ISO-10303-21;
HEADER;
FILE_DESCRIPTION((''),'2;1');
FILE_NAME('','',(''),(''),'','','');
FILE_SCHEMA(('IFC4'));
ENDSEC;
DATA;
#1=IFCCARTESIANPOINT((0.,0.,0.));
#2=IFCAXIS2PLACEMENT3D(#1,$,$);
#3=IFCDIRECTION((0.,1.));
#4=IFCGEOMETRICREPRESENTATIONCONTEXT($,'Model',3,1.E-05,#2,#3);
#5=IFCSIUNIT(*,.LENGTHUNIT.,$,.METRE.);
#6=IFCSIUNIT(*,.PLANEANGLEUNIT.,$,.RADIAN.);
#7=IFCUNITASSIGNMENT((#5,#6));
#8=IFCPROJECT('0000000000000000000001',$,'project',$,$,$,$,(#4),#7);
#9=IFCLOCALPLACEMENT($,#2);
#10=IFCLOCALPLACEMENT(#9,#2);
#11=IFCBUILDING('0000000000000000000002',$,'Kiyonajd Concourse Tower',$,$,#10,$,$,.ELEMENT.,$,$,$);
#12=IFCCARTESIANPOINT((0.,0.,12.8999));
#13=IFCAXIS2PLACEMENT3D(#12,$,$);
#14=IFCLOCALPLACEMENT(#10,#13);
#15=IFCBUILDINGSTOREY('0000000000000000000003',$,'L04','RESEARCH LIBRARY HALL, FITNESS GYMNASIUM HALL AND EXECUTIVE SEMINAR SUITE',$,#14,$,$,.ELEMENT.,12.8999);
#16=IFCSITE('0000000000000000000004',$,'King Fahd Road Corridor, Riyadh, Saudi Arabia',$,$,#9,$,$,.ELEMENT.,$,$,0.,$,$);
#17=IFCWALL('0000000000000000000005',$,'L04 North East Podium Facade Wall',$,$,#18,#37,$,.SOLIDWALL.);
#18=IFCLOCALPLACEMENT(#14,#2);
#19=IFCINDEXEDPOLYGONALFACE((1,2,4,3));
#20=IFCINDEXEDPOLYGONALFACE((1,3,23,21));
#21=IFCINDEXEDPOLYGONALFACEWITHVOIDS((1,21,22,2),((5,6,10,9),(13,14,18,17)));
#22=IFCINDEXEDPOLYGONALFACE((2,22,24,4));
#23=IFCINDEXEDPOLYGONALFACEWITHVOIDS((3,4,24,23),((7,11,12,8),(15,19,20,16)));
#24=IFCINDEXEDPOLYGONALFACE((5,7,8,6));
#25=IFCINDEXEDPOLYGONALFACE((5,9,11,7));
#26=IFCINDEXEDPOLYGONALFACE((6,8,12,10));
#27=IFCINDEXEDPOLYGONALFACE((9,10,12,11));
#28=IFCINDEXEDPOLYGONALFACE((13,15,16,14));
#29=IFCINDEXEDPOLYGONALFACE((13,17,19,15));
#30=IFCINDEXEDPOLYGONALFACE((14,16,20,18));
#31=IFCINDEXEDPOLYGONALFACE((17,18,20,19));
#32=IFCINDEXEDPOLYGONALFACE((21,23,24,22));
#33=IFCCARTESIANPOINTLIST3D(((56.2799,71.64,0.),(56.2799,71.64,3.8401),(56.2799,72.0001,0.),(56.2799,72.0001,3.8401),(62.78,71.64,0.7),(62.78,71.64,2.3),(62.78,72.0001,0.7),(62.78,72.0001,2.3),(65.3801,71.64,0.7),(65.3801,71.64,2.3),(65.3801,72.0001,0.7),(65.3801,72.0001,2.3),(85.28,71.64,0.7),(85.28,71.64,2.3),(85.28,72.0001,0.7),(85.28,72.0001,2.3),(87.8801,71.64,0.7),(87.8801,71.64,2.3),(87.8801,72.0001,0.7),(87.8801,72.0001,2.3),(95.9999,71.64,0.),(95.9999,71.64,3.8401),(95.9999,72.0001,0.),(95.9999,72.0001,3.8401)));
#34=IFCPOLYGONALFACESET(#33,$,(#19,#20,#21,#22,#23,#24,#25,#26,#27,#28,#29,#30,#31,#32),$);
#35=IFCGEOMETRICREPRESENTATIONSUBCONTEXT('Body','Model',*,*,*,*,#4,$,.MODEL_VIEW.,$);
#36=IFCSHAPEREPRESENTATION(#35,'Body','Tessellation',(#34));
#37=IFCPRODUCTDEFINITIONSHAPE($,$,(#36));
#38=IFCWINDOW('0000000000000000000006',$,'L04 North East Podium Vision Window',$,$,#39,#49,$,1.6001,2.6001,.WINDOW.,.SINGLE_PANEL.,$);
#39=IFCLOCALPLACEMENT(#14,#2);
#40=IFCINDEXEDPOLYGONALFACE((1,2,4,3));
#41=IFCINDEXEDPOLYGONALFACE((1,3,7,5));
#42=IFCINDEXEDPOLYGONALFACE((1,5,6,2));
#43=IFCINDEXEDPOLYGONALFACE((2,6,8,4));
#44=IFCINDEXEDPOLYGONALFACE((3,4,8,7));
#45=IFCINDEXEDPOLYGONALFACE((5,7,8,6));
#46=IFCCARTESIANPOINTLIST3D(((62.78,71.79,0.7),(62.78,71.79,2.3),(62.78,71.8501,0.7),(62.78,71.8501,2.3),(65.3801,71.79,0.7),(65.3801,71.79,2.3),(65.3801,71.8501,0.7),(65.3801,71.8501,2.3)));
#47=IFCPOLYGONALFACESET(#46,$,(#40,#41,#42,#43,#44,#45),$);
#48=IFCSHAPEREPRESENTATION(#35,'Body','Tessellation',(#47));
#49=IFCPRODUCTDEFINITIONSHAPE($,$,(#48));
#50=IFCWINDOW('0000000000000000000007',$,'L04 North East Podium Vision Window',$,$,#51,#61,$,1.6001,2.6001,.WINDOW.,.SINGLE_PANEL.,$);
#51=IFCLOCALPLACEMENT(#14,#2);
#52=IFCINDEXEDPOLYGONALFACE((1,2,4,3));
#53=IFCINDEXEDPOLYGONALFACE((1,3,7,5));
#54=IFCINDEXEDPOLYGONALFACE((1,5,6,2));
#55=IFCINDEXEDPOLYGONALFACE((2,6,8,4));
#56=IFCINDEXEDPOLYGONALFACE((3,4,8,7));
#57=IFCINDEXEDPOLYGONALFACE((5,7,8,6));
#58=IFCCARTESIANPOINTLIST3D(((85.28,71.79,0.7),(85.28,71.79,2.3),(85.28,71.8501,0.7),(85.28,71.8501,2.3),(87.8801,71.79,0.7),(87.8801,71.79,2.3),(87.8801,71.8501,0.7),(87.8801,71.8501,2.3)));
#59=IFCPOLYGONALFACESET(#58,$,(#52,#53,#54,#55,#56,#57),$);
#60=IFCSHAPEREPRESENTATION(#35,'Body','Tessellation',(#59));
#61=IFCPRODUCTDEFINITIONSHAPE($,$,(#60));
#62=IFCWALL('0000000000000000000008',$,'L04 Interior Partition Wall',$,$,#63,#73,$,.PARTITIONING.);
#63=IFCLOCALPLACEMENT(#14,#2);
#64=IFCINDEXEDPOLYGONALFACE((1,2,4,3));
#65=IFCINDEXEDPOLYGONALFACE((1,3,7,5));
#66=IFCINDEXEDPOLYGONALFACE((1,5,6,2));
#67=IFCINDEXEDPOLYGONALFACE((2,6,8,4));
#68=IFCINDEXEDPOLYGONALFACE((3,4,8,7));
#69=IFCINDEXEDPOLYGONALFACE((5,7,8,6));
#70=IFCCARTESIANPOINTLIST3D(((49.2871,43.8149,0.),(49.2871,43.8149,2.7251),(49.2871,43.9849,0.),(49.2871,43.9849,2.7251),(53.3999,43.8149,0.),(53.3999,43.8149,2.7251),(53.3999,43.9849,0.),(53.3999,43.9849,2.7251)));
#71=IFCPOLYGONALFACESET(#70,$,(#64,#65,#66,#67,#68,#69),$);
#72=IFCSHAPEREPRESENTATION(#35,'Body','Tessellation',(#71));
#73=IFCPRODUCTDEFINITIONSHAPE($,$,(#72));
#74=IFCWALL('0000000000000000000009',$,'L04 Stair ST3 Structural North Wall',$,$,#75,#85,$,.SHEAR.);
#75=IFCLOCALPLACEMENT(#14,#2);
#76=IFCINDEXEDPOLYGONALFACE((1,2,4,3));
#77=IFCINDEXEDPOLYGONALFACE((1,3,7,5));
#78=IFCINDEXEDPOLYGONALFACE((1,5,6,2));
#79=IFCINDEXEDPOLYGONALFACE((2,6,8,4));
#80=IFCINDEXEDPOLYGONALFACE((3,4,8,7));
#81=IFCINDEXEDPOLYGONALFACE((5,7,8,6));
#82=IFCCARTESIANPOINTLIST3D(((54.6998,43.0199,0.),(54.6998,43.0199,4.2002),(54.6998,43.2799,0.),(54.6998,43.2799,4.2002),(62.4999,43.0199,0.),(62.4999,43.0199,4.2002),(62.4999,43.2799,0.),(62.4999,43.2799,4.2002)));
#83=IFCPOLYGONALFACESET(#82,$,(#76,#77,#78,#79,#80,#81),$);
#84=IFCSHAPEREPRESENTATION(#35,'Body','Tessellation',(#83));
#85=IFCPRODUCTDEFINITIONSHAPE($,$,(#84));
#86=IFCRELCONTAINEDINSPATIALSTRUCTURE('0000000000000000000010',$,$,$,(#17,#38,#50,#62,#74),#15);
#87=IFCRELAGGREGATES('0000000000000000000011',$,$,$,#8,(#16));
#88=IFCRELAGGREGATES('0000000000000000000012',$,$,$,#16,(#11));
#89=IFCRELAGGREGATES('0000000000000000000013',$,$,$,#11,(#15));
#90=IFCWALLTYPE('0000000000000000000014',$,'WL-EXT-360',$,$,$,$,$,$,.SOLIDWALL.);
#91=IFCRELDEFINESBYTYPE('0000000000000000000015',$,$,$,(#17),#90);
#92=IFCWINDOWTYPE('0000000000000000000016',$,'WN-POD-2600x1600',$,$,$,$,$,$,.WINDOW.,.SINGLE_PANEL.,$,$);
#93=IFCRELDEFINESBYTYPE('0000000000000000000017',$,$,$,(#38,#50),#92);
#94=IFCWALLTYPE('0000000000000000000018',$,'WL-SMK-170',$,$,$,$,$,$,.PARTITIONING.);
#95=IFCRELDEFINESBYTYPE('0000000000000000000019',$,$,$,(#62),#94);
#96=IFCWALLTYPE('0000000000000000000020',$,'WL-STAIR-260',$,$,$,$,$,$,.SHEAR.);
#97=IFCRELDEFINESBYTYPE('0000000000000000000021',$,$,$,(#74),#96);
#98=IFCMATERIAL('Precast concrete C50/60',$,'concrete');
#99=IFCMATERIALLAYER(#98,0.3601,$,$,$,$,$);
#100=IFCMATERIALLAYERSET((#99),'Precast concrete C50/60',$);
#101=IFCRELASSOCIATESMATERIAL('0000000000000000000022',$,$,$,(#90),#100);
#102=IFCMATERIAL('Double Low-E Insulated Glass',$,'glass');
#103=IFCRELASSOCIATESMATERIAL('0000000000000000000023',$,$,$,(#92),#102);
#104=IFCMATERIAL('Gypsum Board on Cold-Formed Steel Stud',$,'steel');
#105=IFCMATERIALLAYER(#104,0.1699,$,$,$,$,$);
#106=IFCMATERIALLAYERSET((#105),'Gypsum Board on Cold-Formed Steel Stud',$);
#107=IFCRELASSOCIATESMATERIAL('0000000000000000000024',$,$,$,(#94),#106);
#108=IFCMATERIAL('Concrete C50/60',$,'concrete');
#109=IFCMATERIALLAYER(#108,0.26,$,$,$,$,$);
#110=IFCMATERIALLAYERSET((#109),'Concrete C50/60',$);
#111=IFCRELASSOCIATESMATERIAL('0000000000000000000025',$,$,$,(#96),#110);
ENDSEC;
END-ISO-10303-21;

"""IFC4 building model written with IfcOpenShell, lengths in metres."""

from ifc_helpers import new_model, si_unit, direction, frame, frame_2d, origin, place, context, subcontext, project, spatial, rectangle, extrude, material, layer, layer_set, type_object, element, fill, save


model = new_model("IFC4")

# Units and contexts
model_context = context("Model", 3, precision=1e-05, world=origin(), true_north=direction((0.0, 1.0)))
body_context = subcontext(model_context, "Body", "Model", "MODEL_VIEW")
ifc_project = project(units=[si_unit("LENGTHUNIT", "METRE"), si_unit("PLANEANGLEUNIT", "RADIAN")], contexts=[model_context])

# Site, building, storey
site_placement = place(None, origin())
site = spatial("IfcSite", under=ifc_project, at=site_placement, Name="King Fahd Road Corridor, Riyadh, Saudi Arabia", CompositionType="ELEMENT", RefElevation=0.0)
building_placement = place(site_placement, origin())
building = spatial("IfcBuilding", under=site, at=building_placement, Name="Kiyonajd Concourse Tower", CompositionType="ELEMENT")
storey_placement = place(building_placement, frame((0.0, 0.0, 12.8999)))
storey = spatial("IfcBuildingStorey", under=building, at=storey_placement, Name="L04", Description="RESEARCH LIBRARY HALL, FITNESS GYMNASIUM HALL AND EXECUTIVE SEMINAR SUITE", CompositionType="ELEMENT", Elevation=12.8999)

# Shared definitions
ifc_material_1 = material(Name="Double Low-E Insulated Glass", Category="glass")

# Wall, openings, windows
ifc_material_2 = material(Name="Precast concrete C50/60", Category="concrete")
ifc_layer_1 = layer(ifc_material_2, 0.3601)
ifc_layer_set_1 = layer_set([ifc_layer_1], Name="Precast concrete C50/60")
wall_type_1 = type_object("IfcWallType", Name="WL-EXT-360", PredefinedType="SOLIDWALL", material=ifc_layer_set_1)
wall_1_placement = place(storey_placement, frame((56.28, 71.8201, 0.0), z_axis=(0.0, 0.0, 1.0), x_axis=(1.0, 0.0, 0.0)))
wall_1 = element("IfcWall", 1, at=wall_1_placement, inside=storey, type_object=wall_type_1, Name="L04 North East Podium Facade Wall", PredefinedType="SOLIDWALL", context=body_context, shape_type="SweptSolid", body=[
    extrude(rectangle(XDim=39.72, YDim=0.3601, at=frame_2d((19.8599, 0.0))), origin(), (0.0, 0.0, 1.0), 3.8401),
])
opening_1_placement = place(wall_1_placement, frame((6.5, 0.0, 0.7)))
opening_1 = element("IfcOpeningElement", 2, at=opening_1_placement, cuts=wall_1, PredefinedType="OPENING", context=body_context, shape_type="SweptSolid", body=[
    extrude(rectangle(XDim=2.6001, YDim=1.6001, at=frame_2d((1.3, 0.8))), frame((0.0, 0.1899, 0.0), z_axis=(0.0, -1.0, 0.0), x_axis=(1.0, 0.0, 0.0)), (0.0, 0.0, 1.0), 0.3801),
])
opening_2_placement = place(wall_1_placement, frame((29.0, 0.0, 0.7)))
opening_2 = element("IfcOpeningElement", 3, at=opening_2_placement, cuts=wall_1, PredefinedType="OPENING", context=body_context, shape_type="SweptSolid", body=[
    extrude(rectangle(XDim=2.6001, YDim=1.6001, at=frame_2d((1.3, 0.8))), frame((0.0, 0.1899, 0.0), z_axis=(0.0, -1.0, 0.0), x_axis=(1.0, 0.0, 0.0)), (0.0, 0.0, 1.0), 0.3801),
])
window_type = type_object("IfcWindowType", Name="WN-POD-2600x1600", PartitioningType="SINGLE_PANEL", PredefinedType="WINDOW", material=ifc_material_1)
window_1_placement = place(opening_1_placement, origin())
window_1 = element("IfcWindow", 4, at=window_1_placement, inside=storey, type_object=window_type, Name="L04 North East Podium Vision Window", OverallHeight=1.6001, OverallWidth=2.6001, PartitioningType="SINGLE_PANEL", PredefinedType="WINDOW", context=body_context, shape_type="SweptSolid", body=[
    extrude(rectangle(XDim=2.6001, YDim=1.6001, at=frame_2d((1.3, 0.8))), frame((0.0, 0.03, 0.0), z_axis=(0.0, -1.0, 0.0), x_axis=(1.0, 0.0, 0.0)), (0.0, 0.0, 1.0), 0.0601),
])
fill(opening_1, window_1)
window_2_placement = place(opening_2_placement, origin())
window_2 = element("IfcWindow", 5, at=window_2_placement, inside=storey, type_object=window_type, Name="L04 North East Podium Vision Window", OverallHeight=1.6001, OverallWidth=2.6001, PartitioningType="SINGLE_PANEL", PredefinedType="WINDOW", context=body_context, shape_type="SweptSolid", body=[
    extrude(rectangle(XDim=2.6001, YDim=1.6001, at=frame_2d((1.3, 0.8))), frame((0.0, 0.03, 0.0), z_axis=(0.0, -1.0, 0.0), x_axis=(1.0, 0.0, 0.0)), (0.0, 0.0, 1.0), 0.0601),
])
fill(opening_2, window_2)

# Walls
ifc_material_3 = material(Name="Gypsum Board on Cold-Formed Steel Stud", Category="steel")
ifc_layer_2 = layer(ifc_material_3, 0.1699)
ifc_layer_set_2 = layer_set([ifc_layer_2], Name="Gypsum Board on Cold-Formed Steel Stud")
wall_type_2 = type_object("IfcWallType", Name="WL-SMK-170", PredefinedType="PARTITIONING", material=ifc_layer_set_2)
wall_2_placement = place(storey_placement, frame((49.2871, 43.8999, 0.0), z_axis=(0.0, 0.0, 1.0), x_axis=(1.0, 0.0, 0.0)))
element("IfcWall", 6, at=wall_2_placement, inside=storey, type_object=wall_type_2, Name="L04 Interior Partition Wall", PredefinedType="PARTITIONING", context=body_context, shape_type="SweptSolid", body=[
    extrude(rectangle(XDim=4.1128, YDim=0.1699, at=frame_2d((2.0564, 0.0))), origin(), (0.0, 0.0, 1.0), 2.7251),
])
ifc_material_4 = material(Name="Concrete C50/60", Category="concrete")
ifc_layer_3 = layer(ifc_material_4, 0.26)
ifc_layer_set_3 = layer_set([ifc_layer_3], Name="Concrete C50/60")
wall_type_3 = type_object("IfcWallType", Name="WL-STAIR-260", PredefinedType="SHEAR", material=ifc_layer_set_3)
wall_3_placement = place(storey_placement, frame((54.7, 43.1499, 0.0), z_axis=(0.0, 0.0, 1.0), x_axis=(1.0, 0.0, 0.0)))
element("IfcWall", 7, at=wall_3_placement, inside=storey, type_object=wall_type_3, Name="L04 Stair ST3 Structural North Wall", PredefinedType="SHEAR", context=body_context, shape_type="SweptSolid", body=[
    extrude(rectangle(XDim=7.8, YDim=0.26, at=frame_2d((3.8999, 0.0))), origin(), (0.0, 0.0, 1.0), 4.2002),
])

save(model, "model.ifc")
